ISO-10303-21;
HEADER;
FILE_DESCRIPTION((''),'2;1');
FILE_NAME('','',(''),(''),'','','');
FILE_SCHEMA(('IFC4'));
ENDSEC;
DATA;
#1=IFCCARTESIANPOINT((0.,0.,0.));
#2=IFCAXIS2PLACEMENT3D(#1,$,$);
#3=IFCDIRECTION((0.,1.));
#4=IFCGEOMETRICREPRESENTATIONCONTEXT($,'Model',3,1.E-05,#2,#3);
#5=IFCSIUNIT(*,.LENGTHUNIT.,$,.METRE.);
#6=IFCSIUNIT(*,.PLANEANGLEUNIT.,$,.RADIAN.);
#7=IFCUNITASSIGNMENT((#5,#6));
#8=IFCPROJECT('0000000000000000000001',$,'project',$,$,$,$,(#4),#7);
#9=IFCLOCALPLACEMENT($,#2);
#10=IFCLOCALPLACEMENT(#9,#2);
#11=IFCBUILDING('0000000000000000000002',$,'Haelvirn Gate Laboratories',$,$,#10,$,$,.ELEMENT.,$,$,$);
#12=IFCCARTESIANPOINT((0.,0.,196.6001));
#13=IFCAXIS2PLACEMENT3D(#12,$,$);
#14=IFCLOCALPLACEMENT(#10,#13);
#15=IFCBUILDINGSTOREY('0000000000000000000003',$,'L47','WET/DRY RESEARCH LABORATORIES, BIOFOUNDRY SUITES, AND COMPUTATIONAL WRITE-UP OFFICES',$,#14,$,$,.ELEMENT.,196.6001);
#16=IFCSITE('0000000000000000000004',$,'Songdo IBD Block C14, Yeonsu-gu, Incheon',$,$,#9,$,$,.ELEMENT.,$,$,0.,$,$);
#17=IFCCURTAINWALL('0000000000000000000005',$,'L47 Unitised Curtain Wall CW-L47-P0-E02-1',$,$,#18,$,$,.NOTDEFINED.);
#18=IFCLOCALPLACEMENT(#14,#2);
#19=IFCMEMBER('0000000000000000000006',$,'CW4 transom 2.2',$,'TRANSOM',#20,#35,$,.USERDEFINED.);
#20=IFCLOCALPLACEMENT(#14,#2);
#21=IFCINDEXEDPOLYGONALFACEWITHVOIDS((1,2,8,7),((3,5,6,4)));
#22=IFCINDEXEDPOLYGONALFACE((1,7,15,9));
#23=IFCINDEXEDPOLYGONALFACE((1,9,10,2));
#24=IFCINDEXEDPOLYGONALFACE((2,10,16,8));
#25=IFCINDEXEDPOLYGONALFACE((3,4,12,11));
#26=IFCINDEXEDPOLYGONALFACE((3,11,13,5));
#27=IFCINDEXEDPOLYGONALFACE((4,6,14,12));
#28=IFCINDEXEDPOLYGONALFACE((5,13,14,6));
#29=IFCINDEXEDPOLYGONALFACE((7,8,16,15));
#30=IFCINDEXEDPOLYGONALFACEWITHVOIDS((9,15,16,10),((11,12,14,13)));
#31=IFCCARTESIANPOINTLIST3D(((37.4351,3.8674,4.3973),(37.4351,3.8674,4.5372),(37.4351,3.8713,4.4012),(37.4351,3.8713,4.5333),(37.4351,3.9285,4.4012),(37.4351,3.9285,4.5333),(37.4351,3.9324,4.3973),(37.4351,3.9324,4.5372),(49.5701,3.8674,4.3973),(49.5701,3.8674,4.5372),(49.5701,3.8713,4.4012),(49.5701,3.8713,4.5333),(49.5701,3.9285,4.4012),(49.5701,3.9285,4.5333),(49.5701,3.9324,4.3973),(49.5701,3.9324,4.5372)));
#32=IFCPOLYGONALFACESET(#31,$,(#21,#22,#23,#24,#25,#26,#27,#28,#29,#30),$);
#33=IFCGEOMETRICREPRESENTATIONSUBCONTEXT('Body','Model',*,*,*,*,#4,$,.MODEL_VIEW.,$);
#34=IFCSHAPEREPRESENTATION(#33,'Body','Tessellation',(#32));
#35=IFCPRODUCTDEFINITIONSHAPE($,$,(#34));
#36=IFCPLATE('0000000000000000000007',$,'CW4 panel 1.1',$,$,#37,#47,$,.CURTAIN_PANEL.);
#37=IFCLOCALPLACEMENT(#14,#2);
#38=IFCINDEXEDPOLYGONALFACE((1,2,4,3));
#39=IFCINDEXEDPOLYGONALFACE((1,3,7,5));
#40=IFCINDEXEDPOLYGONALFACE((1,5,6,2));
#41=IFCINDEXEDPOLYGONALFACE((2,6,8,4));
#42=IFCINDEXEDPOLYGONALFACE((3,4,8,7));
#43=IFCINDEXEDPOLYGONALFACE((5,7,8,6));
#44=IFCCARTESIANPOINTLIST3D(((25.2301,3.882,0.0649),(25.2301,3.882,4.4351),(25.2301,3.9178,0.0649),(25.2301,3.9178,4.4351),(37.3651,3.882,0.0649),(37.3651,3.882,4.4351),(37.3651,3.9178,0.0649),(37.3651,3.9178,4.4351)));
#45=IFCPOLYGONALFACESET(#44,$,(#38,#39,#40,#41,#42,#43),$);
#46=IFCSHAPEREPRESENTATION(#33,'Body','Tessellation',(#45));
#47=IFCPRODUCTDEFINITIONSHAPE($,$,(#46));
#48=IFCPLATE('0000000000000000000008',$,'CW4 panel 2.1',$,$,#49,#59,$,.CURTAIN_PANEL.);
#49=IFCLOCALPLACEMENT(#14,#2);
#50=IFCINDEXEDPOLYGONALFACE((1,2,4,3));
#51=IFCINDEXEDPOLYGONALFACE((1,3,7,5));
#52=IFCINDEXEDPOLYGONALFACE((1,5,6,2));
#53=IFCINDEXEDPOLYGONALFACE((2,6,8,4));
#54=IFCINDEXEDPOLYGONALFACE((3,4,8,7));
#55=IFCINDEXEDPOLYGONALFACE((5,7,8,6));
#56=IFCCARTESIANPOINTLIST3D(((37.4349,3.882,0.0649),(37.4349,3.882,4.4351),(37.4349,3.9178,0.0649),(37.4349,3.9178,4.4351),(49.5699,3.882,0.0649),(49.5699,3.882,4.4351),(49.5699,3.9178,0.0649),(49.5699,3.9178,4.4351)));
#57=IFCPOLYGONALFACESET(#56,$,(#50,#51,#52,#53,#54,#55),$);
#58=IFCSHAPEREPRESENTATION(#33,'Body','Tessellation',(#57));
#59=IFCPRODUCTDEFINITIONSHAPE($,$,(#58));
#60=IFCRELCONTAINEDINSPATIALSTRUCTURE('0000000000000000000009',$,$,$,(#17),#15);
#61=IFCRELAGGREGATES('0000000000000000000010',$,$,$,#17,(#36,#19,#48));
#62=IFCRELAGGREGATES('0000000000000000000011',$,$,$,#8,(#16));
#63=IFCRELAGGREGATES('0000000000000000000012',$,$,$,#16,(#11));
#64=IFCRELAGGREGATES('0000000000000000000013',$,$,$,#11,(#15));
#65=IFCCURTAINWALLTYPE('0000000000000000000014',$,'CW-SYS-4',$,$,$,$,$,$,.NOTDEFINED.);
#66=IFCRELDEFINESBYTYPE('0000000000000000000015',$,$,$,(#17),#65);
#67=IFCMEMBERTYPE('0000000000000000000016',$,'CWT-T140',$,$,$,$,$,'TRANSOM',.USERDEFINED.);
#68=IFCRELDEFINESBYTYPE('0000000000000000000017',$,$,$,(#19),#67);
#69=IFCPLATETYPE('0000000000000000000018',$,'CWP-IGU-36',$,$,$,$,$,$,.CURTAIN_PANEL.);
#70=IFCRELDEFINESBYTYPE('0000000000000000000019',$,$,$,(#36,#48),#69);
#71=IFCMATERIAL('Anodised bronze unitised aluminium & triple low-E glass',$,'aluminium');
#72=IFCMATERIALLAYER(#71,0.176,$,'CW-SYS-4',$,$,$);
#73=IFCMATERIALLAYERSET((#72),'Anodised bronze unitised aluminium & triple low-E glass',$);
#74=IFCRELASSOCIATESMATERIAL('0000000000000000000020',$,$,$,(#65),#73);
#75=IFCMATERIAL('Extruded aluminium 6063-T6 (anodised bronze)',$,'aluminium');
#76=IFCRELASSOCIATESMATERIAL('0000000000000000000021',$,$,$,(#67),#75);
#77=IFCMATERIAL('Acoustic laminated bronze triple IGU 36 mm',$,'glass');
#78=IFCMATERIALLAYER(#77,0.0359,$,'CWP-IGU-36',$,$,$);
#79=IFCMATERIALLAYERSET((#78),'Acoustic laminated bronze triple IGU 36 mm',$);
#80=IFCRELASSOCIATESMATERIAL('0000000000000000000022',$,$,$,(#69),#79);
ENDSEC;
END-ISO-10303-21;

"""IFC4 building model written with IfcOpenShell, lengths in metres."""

from ifc_helpers import new_model, si_unit, direction, frame, origin, origin_2d, place, context, subcontext, project, spatial, rectangle, hollow_rectangle, extrude, source, transform, mapped, material, layer, layer_set, material_profile, profile_set, type_object, type_shapes, element, aggregate, save


model = new_model("IFC4")

# Units and contexts
model_context = context("Model", 3, precision=1e-05, world=origin(), true_north=direction((0.0, 1.0)))
body_context = subcontext(model_context, "Body", "Model", "MODEL_VIEW")
ifc_project = project(units=[si_unit("LENGTHUNIT", "METRE"), si_unit("PLANEANGLEUNIT", "RADIAN")], contexts=[model_context])

# Site, building, storey
site_placement = place(None, origin())
site = spatial("IfcSite", under=ifc_project, at=site_placement, Name="Songdo IBD Block C14, Yeonsu-gu, Incheon", CompositionType="ELEMENT", RefElevation=0.0)
building_placement = place(site_placement, origin())
building = spatial("IfcBuilding", under=site, at=building_placement, Name="Haelvirn Gate Laboratories", CompositionType="ELEMENT")
storey_placement = place(building_placement, frame((0.0, 0.0, 196.6001)))
storey = spatial("IfcBuildingStorey", under=building, at=storey_placement, Name="L47", Description="WET/DRY RESEARCH LABORATORIES, BIOFOUNDRY SUITES, AND COMPUTATIONAL WRITE-UP OFFICES", CompositionType="ELEMENT", Elevation=196.6001)

# Curtain wall, member, plates
ifc_material_1 = material(Name="Anodised bronze unitised aluminium & triple low-E glass", Category="aluminium")
ifc_layer_1 = layer(ifc_material_1, 0.176, Name="CW-SYS-4")
ifc_layer_set_1 = layer_set([ifc_layer_1], Name="Anodised bronze unitised aluminium & triple low-E glass")
curtain_wall_type = type_object("IfcCurtainWallType", Name="CW-SYS-4", PredefinedType="NOTDEFINED", material=ifc_layer_set_1)
curtain_wall_placement = place(storey_placement, origin())
curtain_wall = element("IfcCurtainWall", 1, at=curtain_wall_placement, inside=storey, type_object=curtain_wall_type, Name="L47 Unitised Curtain Wall CW-L47-P0-E02-1", PredefinedType="NOTDEFINED")
ifc_material_2 = material(Name="Extruded aluminium 6063-T6 (anodised bronze)", Category="aluminium")
ifc_material_profile_1 = material_profile(ifc_material_2, hollow_rectangle(XDim=0.0649, YDim=0.1399, WallThickness=0.0039, at=origin_2d()), Name="CWT-140x65x4")
ifc_profile_set_1 = profile_set([ifc_material_profile_1], Name="Extruded aluminium 6063-T6 (anodised bronze)")
member_type_1 = type_object("IfcMemberType", Name="CWT-T140", ElementType="TRANSOM", PredefinedType="USERDEFINED", material=ifc_profile_set_1)
shared_shape_1 = source(origin(), body_context, "Body", "SweptSolid", [
    extrude(hollow_rectangle(XDim=0.0649, YDim=0.1399, WallThickness=0.0039, at=origin_2d()), origin(), (0.0, 0.0, 1.0), 12.135),
])
type_shapes(member_type_1, [shared_shape_1])
member_1_placement = place(storey_placement, frame((37.4351, 3.8999, 4.4673), z_axis=(1.0, 0.0, 0.0), x_axis=(0.0, 1.0, 0.0)))
member_1 = element("IfcMember", 2, at=member_1_placement, type_object=member_type_1, Name="CW4 transom 2.2", ObjectType="TRANSOM", PredefinedType="USERDEFINED", context=body_context, shape_type="MappedRepresentation", body=[
    mapped(shared_shape_1, transform((0.0, 0.0, 0.0), scale=1.0)),
])
ifc_material_3 = material(Name="Acoustic laminated bronze triple IGU 36 mm", Category="glass")
ifc_layer_2 = layer(ifc_material_3, 0.0359, Name="CWP-IGU-36")
ifc_layer_set_2 = layer_set([ifc_layer_2], Name="Acoustic laminated bronze triple IGU 36 mm")
plate_type = type_object("IfcPlateType", Name="CWP-IGU-36", PredefinedType="CURTAIN_PANEL", material=ifc_layer_set_2)
shared_shape_2 = source(origin(), body_context, "Body", "SweptSolid", [
    extrude(rectangle(XDim=12.135, YDim=0.0359, at=origin_2d()), origin(), (0.0, 0.0, 1.0), 4.3701),
])
type_shapes(plate_type, [shared_shape_2])
plate_1_placement = place(storey_placement, frame((31.2976, 3.8999, 0.0649), z_axis=(0.0, 0.0, 1.0), x_axis=(1.0, 0.0, 0.0)))
plate_1 = element("IfcPlate", 3, at=plate_1_placement, type_object=plate_type, Name="CW4 panel 1.1", PredefinedType="CURTAIN_PANEL", context=body_context, shape_type="MappedRepresentation", body=[
    mapped(shared_shape_2, transform((0.0, 0.0, 0.0), scale=1.0)),
])
plate_2_placement = place(storey_placement, frame((43.5024, 3.8999, 0.0649), z_axis=(0.0, 0.0, 1.0), x_axis=(1.0, 0.0, 0.0)))
plate_2 = element("IfcPlate", 4, at=plate_2_placement, type_object=plate_type, Name="CW4 panel 2.1", PredefinedType="CURTAIN_PANEL", context=body_context, shape_type="MappedRepresentation", body=[
    mapped(shared_shape_2, transform((0.0, 0.0, 0.0), scale=1.0)),
])
aggregate(curtain_wall, [plate_1, member_1, plate_2])

save(model, "model.ifc")
